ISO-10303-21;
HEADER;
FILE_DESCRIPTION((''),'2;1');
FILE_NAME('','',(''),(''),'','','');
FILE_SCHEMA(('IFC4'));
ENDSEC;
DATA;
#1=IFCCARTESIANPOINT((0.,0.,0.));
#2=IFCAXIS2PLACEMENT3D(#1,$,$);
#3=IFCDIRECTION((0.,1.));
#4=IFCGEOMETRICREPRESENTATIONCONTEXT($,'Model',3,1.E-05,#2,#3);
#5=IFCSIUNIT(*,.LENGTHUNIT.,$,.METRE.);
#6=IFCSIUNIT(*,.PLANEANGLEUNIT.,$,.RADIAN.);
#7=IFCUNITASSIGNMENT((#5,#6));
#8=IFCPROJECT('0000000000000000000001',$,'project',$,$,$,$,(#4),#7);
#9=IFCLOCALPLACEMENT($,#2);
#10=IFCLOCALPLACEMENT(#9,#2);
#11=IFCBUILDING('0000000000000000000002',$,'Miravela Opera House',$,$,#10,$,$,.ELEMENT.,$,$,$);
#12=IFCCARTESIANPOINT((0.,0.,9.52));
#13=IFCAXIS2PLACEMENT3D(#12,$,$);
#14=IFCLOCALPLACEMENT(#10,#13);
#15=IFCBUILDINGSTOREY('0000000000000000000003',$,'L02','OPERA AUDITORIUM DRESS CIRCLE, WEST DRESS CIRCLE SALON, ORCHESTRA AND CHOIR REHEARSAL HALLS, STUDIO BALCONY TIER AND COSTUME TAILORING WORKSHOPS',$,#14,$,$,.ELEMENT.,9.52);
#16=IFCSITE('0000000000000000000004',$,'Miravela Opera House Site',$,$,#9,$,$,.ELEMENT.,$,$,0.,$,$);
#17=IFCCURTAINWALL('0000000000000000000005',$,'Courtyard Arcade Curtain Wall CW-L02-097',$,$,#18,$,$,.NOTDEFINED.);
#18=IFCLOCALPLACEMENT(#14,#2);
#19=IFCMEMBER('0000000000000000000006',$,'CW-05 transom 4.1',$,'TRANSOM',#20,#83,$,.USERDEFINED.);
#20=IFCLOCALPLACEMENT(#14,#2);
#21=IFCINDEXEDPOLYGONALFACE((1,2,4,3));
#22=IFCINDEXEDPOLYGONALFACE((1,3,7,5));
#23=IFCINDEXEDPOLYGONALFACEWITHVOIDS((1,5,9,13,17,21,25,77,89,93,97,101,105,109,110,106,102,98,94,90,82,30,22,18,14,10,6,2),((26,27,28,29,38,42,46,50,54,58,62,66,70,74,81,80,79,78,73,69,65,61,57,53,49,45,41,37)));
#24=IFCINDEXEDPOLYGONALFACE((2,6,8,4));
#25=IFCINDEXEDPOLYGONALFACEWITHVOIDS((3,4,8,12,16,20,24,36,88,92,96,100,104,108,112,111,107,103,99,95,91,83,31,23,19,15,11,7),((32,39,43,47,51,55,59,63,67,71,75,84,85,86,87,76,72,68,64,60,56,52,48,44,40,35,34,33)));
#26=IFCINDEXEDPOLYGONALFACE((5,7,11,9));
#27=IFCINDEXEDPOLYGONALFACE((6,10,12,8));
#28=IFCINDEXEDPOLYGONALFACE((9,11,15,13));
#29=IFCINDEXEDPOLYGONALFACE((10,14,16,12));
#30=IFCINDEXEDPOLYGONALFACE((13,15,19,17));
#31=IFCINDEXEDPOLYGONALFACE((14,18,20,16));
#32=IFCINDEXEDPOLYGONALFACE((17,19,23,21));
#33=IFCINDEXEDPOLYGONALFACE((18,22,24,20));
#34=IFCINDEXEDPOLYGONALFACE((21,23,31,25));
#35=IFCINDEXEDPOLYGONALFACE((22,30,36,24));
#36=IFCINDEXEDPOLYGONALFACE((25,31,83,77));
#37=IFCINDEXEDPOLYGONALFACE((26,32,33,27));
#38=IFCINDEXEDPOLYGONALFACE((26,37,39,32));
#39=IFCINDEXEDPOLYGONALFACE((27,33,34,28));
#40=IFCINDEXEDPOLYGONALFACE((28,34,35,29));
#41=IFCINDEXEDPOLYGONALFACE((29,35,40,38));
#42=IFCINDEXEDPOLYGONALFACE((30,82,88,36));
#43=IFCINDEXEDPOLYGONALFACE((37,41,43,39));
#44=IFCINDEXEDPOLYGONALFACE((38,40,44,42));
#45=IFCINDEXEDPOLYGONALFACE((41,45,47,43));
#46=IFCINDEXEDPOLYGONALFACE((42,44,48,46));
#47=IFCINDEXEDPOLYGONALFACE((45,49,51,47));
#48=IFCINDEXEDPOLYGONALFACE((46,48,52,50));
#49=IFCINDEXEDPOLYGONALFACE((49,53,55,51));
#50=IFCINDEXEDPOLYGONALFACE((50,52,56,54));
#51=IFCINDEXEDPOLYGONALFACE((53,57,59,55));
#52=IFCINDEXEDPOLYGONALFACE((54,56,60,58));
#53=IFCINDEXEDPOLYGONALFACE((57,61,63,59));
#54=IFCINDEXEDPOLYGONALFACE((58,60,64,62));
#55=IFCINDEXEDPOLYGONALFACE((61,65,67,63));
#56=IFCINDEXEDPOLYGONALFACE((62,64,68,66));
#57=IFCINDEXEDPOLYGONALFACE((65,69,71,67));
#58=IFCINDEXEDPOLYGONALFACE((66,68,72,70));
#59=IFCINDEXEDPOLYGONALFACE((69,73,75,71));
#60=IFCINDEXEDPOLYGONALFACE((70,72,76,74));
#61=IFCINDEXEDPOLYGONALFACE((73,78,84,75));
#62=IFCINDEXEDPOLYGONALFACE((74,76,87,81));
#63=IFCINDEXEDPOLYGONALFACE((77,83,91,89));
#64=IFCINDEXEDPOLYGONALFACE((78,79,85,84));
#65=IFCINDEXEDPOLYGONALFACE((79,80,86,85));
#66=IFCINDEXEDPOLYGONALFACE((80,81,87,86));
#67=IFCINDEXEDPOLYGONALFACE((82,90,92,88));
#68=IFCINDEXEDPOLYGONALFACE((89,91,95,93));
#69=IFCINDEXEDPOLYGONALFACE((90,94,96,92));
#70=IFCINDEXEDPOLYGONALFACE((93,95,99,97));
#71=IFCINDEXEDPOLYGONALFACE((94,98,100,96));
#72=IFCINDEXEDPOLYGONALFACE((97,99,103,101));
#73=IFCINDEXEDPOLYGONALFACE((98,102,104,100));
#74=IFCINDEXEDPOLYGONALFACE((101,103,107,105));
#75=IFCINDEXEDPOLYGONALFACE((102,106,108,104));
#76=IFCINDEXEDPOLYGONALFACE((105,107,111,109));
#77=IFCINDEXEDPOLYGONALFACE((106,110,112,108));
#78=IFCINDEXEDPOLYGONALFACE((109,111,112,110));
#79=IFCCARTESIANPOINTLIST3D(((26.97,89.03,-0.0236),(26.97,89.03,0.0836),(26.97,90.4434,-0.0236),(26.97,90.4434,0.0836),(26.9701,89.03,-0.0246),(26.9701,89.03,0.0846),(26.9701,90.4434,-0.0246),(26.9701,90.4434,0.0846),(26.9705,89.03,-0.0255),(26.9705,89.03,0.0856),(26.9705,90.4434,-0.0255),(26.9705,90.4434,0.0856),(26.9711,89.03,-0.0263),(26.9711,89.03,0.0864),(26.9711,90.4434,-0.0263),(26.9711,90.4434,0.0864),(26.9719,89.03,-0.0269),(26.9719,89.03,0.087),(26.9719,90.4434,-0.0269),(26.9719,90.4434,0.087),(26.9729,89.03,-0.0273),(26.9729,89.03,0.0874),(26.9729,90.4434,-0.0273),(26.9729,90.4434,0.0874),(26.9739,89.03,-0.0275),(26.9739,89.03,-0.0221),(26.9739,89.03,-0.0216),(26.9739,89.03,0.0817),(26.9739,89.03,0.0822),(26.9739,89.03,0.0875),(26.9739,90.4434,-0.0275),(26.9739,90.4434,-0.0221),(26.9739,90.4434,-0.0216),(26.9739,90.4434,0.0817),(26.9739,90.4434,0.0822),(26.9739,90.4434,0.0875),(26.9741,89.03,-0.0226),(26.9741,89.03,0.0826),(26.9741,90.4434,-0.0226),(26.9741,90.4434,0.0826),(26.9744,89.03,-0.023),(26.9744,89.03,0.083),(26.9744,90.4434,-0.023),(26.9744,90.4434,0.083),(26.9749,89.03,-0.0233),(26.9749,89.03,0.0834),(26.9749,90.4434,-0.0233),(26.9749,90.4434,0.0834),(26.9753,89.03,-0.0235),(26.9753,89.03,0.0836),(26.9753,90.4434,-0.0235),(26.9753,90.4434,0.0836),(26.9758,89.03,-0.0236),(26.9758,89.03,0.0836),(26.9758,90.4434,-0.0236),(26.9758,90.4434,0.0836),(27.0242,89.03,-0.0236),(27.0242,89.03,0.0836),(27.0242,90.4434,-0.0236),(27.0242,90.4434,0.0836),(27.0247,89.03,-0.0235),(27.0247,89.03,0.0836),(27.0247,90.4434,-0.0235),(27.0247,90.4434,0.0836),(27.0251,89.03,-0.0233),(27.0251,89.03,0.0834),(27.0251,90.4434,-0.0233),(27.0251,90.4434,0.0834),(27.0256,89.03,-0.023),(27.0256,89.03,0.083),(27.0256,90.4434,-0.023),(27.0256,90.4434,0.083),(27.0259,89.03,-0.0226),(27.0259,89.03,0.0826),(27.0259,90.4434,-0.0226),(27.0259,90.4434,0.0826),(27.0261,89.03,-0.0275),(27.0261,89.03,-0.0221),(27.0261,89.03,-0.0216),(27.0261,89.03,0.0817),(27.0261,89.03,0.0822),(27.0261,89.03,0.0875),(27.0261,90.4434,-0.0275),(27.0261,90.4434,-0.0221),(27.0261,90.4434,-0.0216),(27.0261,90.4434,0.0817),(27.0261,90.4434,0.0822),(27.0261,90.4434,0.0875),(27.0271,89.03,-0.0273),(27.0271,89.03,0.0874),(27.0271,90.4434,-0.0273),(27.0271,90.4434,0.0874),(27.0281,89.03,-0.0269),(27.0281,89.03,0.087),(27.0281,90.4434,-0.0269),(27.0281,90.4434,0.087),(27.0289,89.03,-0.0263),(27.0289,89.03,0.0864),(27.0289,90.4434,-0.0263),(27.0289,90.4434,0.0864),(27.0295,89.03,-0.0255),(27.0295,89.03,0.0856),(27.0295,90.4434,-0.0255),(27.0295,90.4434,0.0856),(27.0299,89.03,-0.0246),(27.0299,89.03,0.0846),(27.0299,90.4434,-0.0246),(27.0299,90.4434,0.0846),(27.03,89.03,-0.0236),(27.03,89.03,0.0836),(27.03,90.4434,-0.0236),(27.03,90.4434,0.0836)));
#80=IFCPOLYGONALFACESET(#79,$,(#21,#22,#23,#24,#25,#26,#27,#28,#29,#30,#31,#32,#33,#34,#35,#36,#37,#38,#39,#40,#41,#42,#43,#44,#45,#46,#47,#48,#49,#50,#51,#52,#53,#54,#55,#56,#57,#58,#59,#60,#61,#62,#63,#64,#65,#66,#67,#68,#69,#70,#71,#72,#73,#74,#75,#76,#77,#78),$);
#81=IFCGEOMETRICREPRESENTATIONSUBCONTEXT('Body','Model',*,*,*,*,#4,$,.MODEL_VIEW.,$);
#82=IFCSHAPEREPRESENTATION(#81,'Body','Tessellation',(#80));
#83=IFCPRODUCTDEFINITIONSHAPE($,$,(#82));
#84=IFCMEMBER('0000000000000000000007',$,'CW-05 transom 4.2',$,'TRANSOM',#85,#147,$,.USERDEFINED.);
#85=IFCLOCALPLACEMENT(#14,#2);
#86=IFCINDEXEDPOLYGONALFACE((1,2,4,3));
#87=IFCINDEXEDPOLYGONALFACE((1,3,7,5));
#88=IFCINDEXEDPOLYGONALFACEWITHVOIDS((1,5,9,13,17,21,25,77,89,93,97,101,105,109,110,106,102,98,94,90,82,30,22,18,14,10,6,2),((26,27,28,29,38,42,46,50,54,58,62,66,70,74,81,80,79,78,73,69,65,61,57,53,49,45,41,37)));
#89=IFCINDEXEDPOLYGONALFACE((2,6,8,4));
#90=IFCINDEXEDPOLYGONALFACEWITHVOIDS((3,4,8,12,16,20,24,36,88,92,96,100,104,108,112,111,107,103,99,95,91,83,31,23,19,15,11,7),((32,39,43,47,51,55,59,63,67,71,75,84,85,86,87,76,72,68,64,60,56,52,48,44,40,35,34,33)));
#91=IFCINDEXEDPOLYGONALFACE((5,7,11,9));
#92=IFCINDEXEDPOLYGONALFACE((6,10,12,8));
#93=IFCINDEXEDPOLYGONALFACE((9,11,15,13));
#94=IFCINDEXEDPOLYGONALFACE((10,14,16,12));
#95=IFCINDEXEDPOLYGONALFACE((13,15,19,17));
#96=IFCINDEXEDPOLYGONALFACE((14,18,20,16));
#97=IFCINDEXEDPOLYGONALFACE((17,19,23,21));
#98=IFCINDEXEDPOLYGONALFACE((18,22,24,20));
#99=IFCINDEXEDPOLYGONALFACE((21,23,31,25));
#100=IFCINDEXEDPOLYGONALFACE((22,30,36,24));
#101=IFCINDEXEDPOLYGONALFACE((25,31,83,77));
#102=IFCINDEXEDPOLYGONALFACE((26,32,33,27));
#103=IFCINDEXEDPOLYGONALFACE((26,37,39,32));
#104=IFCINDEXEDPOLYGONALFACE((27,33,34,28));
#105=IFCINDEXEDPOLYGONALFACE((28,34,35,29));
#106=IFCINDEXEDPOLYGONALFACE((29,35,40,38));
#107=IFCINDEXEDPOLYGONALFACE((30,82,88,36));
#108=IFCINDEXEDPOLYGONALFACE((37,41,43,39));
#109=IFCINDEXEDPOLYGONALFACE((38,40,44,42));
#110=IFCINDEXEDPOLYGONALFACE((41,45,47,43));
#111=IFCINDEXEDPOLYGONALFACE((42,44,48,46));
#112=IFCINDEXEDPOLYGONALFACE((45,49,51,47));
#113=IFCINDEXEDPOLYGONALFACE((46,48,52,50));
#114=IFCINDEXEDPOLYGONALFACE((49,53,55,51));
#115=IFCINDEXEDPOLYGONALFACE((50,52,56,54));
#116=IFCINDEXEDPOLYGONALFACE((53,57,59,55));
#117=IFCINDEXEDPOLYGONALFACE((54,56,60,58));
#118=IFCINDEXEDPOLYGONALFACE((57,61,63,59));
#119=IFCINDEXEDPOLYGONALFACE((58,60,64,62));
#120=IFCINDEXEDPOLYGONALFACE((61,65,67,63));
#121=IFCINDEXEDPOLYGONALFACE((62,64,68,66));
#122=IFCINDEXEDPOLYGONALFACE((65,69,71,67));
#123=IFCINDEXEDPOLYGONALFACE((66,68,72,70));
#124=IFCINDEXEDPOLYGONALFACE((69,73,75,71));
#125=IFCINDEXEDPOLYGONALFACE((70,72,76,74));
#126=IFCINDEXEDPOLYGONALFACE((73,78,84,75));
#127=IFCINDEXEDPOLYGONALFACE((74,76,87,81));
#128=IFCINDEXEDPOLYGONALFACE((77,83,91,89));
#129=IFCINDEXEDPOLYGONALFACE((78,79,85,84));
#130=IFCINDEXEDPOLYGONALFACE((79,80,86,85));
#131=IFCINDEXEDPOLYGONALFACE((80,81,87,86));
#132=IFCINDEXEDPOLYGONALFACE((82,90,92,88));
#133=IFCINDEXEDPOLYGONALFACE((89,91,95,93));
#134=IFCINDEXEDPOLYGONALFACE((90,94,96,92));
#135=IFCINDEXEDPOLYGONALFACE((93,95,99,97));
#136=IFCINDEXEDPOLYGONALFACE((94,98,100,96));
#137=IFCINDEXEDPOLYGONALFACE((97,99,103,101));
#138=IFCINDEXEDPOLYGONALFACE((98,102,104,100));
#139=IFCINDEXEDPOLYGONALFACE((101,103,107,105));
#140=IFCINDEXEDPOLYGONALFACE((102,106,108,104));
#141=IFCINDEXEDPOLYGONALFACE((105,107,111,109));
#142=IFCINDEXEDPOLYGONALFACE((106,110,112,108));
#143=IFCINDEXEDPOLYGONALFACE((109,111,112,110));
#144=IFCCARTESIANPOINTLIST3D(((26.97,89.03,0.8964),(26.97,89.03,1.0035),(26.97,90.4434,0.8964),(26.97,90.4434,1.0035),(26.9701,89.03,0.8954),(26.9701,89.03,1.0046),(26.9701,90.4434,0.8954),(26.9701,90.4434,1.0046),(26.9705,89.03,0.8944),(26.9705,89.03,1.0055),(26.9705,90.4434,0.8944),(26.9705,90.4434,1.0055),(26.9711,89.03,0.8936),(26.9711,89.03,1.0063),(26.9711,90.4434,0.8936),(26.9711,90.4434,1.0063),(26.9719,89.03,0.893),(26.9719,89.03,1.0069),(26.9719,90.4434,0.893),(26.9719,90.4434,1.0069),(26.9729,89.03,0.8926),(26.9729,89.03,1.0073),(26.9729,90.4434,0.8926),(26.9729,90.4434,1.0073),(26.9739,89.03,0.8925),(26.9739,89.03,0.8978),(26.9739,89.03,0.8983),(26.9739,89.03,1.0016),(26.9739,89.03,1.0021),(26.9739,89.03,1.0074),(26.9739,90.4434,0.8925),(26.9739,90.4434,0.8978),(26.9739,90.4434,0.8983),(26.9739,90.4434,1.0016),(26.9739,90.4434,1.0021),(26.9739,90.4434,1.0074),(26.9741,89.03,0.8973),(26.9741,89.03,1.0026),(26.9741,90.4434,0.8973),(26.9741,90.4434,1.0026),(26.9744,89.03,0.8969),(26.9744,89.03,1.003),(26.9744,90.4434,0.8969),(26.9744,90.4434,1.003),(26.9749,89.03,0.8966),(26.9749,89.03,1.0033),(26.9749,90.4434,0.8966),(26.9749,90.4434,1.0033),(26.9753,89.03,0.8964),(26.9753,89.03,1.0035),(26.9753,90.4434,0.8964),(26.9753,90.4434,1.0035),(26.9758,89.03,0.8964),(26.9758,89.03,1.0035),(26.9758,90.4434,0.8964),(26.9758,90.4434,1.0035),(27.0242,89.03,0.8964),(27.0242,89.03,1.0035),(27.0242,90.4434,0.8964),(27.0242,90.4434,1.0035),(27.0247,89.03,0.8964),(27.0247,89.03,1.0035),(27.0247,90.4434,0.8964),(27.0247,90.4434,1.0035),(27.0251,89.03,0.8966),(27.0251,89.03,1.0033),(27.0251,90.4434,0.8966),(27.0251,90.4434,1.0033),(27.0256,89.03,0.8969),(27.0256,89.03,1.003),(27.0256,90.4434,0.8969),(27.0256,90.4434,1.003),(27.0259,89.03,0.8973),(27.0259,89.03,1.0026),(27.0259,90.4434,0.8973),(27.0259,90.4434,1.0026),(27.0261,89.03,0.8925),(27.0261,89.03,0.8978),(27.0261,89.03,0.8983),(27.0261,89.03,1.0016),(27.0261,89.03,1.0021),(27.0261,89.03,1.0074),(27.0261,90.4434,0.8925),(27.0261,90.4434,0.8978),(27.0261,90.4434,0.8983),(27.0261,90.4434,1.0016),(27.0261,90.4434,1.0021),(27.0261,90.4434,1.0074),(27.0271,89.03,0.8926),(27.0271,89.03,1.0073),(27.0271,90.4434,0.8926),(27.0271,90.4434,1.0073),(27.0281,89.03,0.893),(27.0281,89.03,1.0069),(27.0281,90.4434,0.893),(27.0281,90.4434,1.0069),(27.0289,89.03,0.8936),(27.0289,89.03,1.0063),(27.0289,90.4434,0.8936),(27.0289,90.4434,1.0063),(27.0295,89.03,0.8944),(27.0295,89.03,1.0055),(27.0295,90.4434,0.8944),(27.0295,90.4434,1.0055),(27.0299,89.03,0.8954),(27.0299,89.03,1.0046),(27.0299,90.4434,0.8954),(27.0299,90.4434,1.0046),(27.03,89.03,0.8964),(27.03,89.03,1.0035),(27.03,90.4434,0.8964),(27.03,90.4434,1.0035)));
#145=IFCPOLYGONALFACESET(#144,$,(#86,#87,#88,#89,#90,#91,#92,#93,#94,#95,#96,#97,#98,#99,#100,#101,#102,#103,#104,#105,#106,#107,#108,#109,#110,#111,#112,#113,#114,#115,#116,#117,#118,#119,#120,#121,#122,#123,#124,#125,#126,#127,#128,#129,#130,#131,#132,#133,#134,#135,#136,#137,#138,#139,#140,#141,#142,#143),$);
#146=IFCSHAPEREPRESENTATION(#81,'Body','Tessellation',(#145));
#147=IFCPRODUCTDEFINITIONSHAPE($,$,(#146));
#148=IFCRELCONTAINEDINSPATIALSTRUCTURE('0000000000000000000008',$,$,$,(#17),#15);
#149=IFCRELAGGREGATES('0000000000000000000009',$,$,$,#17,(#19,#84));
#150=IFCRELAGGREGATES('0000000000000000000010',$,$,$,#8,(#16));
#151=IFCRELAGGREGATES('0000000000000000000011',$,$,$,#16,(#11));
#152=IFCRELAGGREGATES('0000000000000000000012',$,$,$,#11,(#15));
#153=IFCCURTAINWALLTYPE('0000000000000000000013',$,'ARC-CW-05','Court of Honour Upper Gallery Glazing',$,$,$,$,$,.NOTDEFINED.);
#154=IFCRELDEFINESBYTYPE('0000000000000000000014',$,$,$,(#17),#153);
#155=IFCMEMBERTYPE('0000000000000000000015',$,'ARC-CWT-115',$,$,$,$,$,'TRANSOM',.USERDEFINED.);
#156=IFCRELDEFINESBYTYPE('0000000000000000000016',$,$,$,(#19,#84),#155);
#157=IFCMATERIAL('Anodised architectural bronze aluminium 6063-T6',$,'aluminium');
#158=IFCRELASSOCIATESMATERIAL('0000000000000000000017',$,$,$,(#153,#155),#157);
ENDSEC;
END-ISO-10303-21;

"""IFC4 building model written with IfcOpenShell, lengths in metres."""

from ifc_helpers import new_model, si_unit, direction, frame, origin, origin_2d, place, context, subcontext, project, spatial, hollow_rectangle, extrude, material, material_profile, profile_set, type_object, element, aggregate, save


model = new_model("IFC4")

# Units and contexts
model_context = context("Model", 3, precision=1e-05, world=origin(), true_north=direction((0.0, 1.0)))
body_context = subcontext(model_context, "Body", "Model", "MODEL_VIEW")
ifc_project = project(units=[si_unit("LENGTHUNIT", "METRE"), si_unit("PLANEANGLEUNIT", "RADIAN")], contexts=[model_context])

# Site, building, storey
site_placement = place(None, origin())
site = spatial("IfcSite", under=ifc_project, at=site_placement, Name="Miravela Opera House Site", CompositionType="ELEMENT", RefElevation=0.0)
building_placement = place(site_placement, origin())
building = spatial("IfcBuilding", under=site, at=building_placement, Name="Miravela Opera House", CompositionType="ELEMENT")
storey_placement = place(building_placement, frame((0.0, 0.0, 9.52)))
storey = spatial("IfcBuildingStorey", under=building, at=storey_placement, Name="L02", Description="OPERA AUDITORIUM DRESS CIRCLE, WEST DRESS CIRCLE SALON, ORCHESTRA AND CHOIR REHEARSAL HALLS, STUDIO BALCONY TIER AND COSTUME TAILORING WORKSHOPS", CompositionType="ELEMENT", Elevation=9.52)

# Curtain wall, members
ifc_material_1 = material(Name="Anodised architectural bronze aluminium 6063-T6", Category="aluminium")
curtain_wall_type = type_object("IfcCurtainWallType", Name="ARC-CW-05", Description="Court of Honour Upper Gallery Glazing", PredefinedType="NOTDEFINED", material=ifc_material_1)
curtain_wall_placement = place(storey_placement, origin())
curtain_wall = element("IfcCurtainWall", 1, at=curtain_wall_placement, inside=storey, type_object=curtain_wall_type, Name="Courtyard Arcade Curtain Wall CW-L02-097", PredefinedType="NOTDEFINED")
ifc_material_profile_1 = material_profile(ifc_material_1, hollow_rectangle(XDim=0.0601, YDim=0.115, WallThickness=0.0039, InnerFilletRadius=0.002, OuterFilletRadius=0.0039, at=origin_2d()), Name="CWT-60X115")
ifc_profile_set_1 = profile_set([ifc_material_profile_1])
member_type_1 = type_object("IfcMemberType", Name="ARC-CWT-115", ElementType="TRANSOM", PredefinedType="USERDEFINED", material=ifc_profile_set_1)
member_1_placement = place(storey_placement, frame((27.0, 89.03, 0.03), z_axis=(0.0, 1.0, 0.0), x_axis=(-1.0, 0.0, 0.0)))
member_1 = element("IfcMember", 2, at=member_1_placement, type_object=member_type_1, Name="CW-05 transom 4.1", ObjectType="TRANSOM", PredefinedType="USERDEFINED", context=body_context, shape_type="SweptSolid", body=[
    extrude(hollow_rectangle(XDim=0.0601, YDim=0.115, WallThickness=0.0039, InnerFilletRadius=0.002, OuterFilletRadius=0.0039, at=origin_2d()), origin(), (0.0, 0.0, 1.0), 1.4133),
])
member_2_placement = place(storey_placement, frame((27.0, 89.03, 0.95), z_axis=(0.0, 1.0, 0.0), x_axis=(-1.0, 0.0, 0.0)))
member_2 = element("IfcMember", 3, at=member_2_placement, type_object=member_type_1, Name="CW-05 transom 4.2", ObjectType="TRANSOM", PredefinedType="USERDEFINED", context=body_context, shape_type="SweptSolid", body=[
    extrude(hollow_rectangle(XDim=0.0601, YDim=0.115, WallThickness=0.0039, InnerFilletRadius=0.002, OuterFilletRadius=0.0039, at=origin_2d()), origin(), (0.0, 0.0, 1.0), 1.4133),
])
aggregate(curtain_wall, [member_1, member_2])

save(model, "model.ifc")
